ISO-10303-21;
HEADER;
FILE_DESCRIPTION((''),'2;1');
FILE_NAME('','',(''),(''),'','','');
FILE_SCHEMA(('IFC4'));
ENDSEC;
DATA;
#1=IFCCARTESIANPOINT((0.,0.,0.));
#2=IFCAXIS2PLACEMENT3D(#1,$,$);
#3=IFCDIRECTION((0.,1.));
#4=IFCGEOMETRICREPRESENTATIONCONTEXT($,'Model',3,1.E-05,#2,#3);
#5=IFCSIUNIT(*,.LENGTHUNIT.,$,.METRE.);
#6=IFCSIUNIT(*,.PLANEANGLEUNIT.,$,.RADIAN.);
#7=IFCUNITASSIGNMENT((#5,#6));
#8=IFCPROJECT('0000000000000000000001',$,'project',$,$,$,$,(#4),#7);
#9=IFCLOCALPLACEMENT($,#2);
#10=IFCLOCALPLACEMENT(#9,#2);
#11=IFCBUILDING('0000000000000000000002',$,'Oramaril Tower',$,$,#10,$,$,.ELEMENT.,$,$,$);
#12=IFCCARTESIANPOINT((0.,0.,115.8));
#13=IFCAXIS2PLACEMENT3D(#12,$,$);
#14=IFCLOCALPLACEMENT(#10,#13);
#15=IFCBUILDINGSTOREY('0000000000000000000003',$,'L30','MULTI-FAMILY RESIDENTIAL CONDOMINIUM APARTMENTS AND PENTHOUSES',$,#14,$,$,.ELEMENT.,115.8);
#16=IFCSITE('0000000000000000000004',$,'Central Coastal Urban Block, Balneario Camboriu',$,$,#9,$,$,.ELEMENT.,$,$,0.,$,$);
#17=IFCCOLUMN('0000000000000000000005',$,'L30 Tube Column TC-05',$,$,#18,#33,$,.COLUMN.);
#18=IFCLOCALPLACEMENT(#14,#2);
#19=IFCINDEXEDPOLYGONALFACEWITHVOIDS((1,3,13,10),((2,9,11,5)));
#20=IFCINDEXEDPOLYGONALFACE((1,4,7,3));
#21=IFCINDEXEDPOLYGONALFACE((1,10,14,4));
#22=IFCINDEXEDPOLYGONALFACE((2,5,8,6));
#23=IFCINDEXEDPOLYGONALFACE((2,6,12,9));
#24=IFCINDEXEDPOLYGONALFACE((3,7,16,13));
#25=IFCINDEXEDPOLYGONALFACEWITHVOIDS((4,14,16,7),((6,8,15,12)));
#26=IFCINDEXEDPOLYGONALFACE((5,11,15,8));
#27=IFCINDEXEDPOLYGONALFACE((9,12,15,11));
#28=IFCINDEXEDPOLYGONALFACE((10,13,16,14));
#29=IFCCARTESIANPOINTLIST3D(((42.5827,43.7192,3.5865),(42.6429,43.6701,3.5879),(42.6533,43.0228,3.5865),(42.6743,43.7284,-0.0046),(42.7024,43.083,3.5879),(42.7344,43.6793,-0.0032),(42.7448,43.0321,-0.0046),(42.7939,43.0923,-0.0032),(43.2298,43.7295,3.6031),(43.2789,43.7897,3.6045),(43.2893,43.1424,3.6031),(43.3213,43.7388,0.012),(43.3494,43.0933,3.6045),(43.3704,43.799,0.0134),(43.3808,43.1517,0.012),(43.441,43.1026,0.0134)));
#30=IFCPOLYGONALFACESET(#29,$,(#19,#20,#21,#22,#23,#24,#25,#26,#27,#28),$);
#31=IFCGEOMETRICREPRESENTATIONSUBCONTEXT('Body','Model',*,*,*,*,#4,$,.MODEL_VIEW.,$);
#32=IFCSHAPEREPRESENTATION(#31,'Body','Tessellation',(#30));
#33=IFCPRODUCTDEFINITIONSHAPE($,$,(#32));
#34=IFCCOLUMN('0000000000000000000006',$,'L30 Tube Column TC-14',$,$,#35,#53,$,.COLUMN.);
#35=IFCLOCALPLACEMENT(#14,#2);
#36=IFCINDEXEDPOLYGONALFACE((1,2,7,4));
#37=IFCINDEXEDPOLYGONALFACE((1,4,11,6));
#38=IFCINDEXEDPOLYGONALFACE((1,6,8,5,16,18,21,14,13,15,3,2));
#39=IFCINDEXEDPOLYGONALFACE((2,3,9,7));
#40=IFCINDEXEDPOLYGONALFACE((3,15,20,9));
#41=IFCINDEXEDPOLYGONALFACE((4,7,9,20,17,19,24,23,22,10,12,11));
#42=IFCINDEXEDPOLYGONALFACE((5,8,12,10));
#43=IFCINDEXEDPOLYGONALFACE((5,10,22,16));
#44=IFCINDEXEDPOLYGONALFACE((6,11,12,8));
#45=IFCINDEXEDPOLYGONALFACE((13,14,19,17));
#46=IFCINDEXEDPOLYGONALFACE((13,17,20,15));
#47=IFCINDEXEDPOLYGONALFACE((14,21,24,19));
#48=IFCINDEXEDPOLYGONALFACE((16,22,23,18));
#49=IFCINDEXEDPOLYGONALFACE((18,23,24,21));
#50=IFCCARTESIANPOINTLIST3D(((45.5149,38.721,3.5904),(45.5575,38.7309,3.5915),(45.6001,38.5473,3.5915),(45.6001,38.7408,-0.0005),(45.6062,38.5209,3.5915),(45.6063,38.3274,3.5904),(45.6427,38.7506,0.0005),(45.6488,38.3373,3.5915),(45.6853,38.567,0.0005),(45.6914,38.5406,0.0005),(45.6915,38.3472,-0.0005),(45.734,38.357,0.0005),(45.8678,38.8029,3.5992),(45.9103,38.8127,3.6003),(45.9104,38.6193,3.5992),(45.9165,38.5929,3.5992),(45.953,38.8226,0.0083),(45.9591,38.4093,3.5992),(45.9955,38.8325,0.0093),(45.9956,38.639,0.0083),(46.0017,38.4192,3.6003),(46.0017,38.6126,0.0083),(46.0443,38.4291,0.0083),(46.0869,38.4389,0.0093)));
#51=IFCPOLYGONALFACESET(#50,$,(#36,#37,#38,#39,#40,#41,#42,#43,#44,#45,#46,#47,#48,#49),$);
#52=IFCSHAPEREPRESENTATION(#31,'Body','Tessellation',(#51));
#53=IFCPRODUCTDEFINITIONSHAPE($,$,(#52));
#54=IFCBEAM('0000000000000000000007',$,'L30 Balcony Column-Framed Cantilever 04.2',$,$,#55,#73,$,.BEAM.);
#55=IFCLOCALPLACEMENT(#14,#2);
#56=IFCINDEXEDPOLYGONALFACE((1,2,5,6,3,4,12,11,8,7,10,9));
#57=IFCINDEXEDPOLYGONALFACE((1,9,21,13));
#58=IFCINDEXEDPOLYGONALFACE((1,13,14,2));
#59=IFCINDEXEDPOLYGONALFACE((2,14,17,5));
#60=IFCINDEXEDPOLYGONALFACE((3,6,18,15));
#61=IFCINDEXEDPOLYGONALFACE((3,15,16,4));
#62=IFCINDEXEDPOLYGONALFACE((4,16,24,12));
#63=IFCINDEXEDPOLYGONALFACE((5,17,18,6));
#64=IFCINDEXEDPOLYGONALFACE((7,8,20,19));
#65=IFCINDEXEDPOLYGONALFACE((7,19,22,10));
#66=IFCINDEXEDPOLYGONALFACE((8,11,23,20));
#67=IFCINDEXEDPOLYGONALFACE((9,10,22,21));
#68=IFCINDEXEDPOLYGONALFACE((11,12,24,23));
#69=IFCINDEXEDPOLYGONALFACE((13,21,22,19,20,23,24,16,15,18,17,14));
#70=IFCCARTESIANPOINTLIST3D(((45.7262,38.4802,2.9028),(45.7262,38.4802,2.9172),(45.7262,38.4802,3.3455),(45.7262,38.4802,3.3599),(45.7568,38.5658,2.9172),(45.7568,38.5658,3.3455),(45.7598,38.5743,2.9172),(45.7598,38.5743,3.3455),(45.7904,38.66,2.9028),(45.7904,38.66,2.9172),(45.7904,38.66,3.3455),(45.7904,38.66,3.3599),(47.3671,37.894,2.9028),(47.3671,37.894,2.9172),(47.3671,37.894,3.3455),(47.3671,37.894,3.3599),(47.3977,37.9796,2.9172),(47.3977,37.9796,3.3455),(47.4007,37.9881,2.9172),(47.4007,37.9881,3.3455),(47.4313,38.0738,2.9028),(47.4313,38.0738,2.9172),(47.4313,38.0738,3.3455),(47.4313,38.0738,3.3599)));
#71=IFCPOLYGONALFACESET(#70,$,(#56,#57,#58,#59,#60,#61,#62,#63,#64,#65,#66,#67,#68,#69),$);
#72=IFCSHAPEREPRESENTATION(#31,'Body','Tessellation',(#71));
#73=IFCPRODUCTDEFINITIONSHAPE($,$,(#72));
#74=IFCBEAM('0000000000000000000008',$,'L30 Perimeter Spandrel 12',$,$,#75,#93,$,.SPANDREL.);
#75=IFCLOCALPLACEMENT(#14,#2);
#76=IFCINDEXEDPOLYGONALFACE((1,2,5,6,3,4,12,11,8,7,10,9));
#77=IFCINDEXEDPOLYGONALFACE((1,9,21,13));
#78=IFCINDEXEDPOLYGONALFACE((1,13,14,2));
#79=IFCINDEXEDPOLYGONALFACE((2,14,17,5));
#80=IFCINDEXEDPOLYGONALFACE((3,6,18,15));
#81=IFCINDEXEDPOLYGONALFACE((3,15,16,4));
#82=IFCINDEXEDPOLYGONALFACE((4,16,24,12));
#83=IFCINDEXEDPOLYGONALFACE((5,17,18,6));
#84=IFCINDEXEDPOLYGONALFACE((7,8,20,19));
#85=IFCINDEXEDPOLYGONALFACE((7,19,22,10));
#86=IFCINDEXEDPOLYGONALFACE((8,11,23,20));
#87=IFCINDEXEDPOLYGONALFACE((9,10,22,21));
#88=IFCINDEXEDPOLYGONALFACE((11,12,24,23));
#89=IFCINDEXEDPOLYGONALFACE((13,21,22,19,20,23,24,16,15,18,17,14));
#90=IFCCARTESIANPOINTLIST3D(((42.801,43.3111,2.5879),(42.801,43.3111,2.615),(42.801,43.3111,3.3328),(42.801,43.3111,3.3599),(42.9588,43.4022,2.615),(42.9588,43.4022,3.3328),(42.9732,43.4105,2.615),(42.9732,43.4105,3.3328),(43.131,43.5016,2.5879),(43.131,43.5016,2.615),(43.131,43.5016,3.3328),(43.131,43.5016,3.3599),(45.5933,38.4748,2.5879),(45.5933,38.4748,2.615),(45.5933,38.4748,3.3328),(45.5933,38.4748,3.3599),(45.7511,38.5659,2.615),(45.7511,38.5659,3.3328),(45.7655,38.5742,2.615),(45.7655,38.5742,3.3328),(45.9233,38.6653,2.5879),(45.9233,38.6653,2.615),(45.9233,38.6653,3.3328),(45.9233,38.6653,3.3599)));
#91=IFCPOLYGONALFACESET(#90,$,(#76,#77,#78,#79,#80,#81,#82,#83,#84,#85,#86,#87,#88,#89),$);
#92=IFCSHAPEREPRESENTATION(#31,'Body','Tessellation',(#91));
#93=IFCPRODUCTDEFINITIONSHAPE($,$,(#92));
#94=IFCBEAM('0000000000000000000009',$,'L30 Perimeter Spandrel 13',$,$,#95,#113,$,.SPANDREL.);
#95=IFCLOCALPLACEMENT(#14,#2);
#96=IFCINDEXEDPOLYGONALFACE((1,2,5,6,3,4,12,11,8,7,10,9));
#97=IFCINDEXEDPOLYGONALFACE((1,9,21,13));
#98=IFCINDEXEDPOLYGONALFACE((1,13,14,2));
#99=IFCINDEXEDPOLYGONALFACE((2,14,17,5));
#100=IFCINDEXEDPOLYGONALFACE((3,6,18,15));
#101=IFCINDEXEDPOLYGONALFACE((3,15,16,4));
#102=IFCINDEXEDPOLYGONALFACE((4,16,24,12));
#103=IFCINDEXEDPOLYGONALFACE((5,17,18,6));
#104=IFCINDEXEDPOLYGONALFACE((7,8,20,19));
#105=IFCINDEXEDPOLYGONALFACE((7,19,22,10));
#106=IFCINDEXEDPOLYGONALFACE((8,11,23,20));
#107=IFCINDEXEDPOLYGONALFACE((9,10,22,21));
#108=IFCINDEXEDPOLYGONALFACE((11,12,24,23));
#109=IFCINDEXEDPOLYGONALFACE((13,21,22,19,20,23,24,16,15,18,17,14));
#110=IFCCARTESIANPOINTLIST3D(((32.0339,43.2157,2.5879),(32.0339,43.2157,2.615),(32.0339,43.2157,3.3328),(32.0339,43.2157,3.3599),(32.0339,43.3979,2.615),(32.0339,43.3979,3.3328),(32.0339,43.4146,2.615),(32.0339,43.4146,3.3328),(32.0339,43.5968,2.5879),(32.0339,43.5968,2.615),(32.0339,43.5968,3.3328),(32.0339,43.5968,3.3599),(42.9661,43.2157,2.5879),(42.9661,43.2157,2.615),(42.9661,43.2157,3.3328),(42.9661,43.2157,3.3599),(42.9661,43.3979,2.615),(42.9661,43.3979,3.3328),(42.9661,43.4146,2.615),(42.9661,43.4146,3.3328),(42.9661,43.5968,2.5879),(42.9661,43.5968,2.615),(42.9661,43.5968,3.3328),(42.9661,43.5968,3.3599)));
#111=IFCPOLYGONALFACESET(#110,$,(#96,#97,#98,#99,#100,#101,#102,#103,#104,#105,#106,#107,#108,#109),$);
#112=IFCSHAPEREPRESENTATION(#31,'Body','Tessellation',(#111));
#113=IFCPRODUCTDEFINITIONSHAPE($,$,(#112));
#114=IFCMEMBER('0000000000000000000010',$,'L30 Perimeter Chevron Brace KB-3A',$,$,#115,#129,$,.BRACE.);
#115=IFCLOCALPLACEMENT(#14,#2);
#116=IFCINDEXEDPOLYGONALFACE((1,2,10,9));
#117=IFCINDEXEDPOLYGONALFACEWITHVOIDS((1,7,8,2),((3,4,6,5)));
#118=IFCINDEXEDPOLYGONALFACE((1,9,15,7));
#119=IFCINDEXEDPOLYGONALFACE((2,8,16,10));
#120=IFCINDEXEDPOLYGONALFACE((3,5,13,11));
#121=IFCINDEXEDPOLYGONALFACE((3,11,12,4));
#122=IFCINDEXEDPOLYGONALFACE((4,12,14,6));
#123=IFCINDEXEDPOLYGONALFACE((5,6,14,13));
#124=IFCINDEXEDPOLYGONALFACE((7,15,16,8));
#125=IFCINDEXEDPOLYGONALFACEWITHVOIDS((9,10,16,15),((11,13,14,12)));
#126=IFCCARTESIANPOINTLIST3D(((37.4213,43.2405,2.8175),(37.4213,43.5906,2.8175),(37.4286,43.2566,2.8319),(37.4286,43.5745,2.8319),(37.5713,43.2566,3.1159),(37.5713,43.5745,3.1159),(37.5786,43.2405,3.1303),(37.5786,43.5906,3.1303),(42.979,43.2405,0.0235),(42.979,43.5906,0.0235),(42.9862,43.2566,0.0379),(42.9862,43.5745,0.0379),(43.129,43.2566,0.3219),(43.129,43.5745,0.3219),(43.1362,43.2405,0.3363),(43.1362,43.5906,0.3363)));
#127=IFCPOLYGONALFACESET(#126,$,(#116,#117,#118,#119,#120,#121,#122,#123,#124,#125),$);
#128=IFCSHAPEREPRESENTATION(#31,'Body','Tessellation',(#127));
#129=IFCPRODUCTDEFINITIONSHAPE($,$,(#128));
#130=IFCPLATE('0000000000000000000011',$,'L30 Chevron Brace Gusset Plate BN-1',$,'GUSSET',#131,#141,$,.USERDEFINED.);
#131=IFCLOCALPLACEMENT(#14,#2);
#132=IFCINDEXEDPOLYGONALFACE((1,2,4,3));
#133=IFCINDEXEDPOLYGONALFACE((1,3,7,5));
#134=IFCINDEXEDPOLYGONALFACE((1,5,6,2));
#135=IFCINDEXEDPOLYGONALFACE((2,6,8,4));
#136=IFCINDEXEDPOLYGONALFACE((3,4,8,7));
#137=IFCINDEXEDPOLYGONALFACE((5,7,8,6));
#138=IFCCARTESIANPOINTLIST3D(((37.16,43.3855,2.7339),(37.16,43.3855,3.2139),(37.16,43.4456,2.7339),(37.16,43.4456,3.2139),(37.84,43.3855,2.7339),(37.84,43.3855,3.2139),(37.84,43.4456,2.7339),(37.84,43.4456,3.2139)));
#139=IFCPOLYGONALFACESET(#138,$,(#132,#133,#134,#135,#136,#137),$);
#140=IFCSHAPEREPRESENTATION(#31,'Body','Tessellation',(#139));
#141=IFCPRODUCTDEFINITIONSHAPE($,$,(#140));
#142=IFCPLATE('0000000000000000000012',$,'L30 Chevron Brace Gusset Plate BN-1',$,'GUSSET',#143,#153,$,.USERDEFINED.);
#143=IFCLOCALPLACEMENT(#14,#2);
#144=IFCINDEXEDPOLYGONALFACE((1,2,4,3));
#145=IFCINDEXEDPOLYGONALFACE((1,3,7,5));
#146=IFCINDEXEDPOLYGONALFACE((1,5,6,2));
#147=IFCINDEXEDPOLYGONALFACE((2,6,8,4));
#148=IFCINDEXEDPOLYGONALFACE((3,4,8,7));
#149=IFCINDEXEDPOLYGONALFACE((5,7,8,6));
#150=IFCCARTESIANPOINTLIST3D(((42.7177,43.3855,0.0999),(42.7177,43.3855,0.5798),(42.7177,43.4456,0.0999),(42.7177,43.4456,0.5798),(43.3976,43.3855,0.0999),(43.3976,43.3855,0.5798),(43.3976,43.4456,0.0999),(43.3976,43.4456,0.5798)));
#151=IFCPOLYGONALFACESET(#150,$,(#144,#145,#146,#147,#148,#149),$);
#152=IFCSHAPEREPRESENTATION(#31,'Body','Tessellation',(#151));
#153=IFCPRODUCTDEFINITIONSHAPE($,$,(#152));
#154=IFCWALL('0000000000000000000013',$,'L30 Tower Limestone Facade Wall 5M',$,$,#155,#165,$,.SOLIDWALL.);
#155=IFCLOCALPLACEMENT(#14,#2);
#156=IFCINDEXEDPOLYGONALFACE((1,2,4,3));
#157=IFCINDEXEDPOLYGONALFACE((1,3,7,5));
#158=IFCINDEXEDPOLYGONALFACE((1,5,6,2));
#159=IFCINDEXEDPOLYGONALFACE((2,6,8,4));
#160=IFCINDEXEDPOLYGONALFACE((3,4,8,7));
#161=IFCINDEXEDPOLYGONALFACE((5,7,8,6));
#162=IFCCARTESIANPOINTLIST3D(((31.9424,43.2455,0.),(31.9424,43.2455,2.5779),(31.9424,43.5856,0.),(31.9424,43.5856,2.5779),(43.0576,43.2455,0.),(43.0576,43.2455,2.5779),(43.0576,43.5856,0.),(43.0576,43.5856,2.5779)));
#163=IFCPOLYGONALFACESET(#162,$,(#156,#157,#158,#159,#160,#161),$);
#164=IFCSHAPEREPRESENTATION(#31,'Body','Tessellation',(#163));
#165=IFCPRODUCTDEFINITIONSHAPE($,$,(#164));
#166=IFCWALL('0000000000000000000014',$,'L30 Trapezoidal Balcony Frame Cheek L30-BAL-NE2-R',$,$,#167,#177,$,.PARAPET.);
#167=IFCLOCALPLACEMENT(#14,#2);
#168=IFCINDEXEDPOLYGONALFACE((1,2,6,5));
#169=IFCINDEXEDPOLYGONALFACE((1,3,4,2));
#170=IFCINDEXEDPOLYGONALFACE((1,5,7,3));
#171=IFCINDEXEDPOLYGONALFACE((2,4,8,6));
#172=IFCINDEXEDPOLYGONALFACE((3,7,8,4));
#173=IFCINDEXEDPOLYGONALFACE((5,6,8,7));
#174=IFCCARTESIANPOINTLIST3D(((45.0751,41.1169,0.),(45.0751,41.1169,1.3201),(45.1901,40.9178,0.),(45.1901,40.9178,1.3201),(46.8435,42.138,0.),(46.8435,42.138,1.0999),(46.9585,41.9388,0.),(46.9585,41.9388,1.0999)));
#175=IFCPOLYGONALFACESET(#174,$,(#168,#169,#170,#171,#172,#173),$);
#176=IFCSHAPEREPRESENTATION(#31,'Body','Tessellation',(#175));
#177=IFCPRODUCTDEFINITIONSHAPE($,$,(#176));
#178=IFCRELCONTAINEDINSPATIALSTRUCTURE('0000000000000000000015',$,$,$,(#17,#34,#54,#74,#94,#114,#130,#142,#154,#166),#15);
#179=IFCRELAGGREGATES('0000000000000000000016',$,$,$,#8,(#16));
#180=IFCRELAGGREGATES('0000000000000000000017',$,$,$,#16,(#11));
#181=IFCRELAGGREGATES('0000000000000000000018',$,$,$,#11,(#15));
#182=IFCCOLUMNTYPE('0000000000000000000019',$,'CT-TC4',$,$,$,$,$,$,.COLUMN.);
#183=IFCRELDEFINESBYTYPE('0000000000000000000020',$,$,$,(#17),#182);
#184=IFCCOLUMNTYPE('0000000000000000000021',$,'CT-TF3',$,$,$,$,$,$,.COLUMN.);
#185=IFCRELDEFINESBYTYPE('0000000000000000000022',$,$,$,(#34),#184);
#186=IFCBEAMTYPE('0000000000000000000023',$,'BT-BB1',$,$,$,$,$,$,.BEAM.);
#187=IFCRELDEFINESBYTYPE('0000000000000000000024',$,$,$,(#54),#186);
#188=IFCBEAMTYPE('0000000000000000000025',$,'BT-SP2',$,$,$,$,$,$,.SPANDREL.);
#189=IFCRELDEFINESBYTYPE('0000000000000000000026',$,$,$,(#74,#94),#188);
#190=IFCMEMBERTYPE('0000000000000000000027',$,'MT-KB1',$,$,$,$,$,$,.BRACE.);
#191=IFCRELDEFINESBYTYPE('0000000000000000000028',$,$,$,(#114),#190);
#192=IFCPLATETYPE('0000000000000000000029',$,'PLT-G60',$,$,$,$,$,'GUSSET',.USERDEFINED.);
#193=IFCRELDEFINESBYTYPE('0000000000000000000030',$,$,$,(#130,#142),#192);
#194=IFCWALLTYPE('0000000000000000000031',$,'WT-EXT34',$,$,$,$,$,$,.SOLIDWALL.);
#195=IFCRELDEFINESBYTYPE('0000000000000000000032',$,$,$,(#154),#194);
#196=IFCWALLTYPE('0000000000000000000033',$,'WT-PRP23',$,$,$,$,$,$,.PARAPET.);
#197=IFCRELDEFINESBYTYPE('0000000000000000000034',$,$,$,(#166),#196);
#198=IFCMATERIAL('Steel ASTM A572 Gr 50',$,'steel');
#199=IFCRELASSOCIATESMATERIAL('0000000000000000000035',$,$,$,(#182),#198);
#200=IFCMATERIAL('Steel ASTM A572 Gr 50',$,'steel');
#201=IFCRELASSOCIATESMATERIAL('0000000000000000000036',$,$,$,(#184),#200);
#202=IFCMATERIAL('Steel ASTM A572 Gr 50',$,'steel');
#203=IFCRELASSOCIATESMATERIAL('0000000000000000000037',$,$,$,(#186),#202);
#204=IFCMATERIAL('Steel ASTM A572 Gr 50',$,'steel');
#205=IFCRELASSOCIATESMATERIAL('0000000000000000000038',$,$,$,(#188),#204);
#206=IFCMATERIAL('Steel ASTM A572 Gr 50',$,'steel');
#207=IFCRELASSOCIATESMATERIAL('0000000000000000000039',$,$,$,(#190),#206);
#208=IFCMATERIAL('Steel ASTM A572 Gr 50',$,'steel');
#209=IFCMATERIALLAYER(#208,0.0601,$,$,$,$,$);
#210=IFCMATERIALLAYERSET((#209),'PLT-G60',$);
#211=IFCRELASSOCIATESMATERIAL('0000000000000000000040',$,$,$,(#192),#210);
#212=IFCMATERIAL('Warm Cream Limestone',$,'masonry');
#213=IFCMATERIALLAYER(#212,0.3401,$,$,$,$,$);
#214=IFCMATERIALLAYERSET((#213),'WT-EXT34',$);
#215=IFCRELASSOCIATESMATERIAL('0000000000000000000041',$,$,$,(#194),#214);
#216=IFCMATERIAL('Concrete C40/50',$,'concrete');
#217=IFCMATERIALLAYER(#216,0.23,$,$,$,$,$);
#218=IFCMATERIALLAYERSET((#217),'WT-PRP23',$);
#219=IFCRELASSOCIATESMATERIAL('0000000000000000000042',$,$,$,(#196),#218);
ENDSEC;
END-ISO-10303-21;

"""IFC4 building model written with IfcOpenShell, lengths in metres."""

from ifc_helpers import new_model, si_unit, direction, frame, frame_2d, origin, origin_2d, place, context, subcontext, project, spatial, polyline, rectangle, hollow_rectangle, i_section, outline, extrude, material, layer, layer_set, material_profile, profile_set, type_object, element, save


model = new_model("IFC4")

# Units and contexts
model_context = context("Model", 3, precision=1e-05, world=origin(), true_north=direction((0.0, 1.0)))
body_context = subcontext(model_context, "Body", "Model", "MODEL_VIEW")
ifc_project = project(units=[si_unit("LENGTHUNIT", "METRE"), si_unit("PLANEANGLEUNIT", "RADIAN")], contexts=[model_context])

# Site, building, storey
site_placement = place(None, origin())
site = spatial("IfcSite", under=ifc_project, at=site_placement, Name="Central Coastal Urban Block, Balneario Camboriu", CompositionType="ELEMENT", RefElevation=0.0)
building_placement = place(site_placement, origin())
building = spatial("IfcBuilding", under=site, at=building_placement, Name="Oramaril Tower", CompositionType="ELEMENT")
storey_placement = place(building_placement, frame((0.0, 0.0, 115.8)))
storey = spatial("IfcBuildingStorey", under=building, at=storey_placement, Name="L30", Description="MULTI-FAMILY RESIDENTIAL CONDOMINIUM APARTMENTS AND PENTHOUSES", CompositionType="ELEMENT", Elevation=115.8)

# Columns
ifc_material_1 = material(Name="Steel ASTM A572 Gr 50", Category="steel")
ifc_material_profile_1 = material_profile(ifc_material_1, hollow_rectangle(XDim=0.7, YDim=0.7, WallThickness=0.0549, at=origin_2d()), Name="BOX700X700X55")
ifc_profile_set_1 = profile_set([ifc_material_profile_1], Name="Steel ASTM A572 Gr 50")
column_type_1 = type_object("IfcColumnType", Name="CT-TC4", PredefinedType="COLUMN", material=ifc_profile_set_1)
column_1_placement = place(storey_placement, frame((43.0576, 43.4155, 0.0044), z_axis=(-0.025486, -0.002583, 0.999672), x_axis=(0.100817, -0.994905, 0.0)))
element("IfcColumn", 1, at=column_1_placement, inside=storey, type_object=column_type_1, Name="L30 Tube Column TC-05", PredefinedType="COLUMN", context=body_context, shape_type="SweptSolid", body=[
    extrude(hollow_rectangle(XDim=0.7, YDim=0.7, WallThickness=0.0549, at=origin_2d()), origin(), (0.0, 0.0, 1.0), 3.5923),
])
ifc_material_2 = material(Name="Steel ASTM A572 Gr 50", Category="steel")
ifc_material_profile_2 = material_profile(ifc_material_2, i_section(OverallWidth=0.4041, OverallDepth=0.406, WebThickness=0.0271, FlangeThickness=0.0437, at=origin_2d()), Name="W14X233")
ifc_profile_set_2 = profile_set([ifc_material_profile_2], Name="Steel ASTM A572 Gr 50")
column_type_2 = type_object("IfcColumnType", Name="CT-TF3", PredefinedType="COLUMN", material=ifc_profile_set_2)
column_2_placement = place(storey_placement, frame((45.8435, 38.5898, 0.0044), z_axis=(-0.02372, -0.005505, 0.999703), x_axis=(0.226082, -0.974108, 0.0)))
element("IfcColumn", 2, at=column_2_placement, inside=storey, type_object=column_type_2, Name="L30 Tube Column TC-14", PredefinedType="COLUMN", context=body_context, shape_type="SweptSolid", body=[
    extrude(i_section(OverallWidth=0.4041, OverallDepth=0.406, WebThickness=0.0271, FlangeThickness=0.0437, at=origin_2d()), origin(), (0.0, 0.0, 1.0), 3.592),
])

# Beams
ifc_material_3 = material(Name="Steel ASTM A572 Gr 50", Category="steel")
ifc_material_profile_3 = material_profile(ifc_material_3, i_section(OverallWidth=0.1909, OverallDepth=0.457, WebThickness=0.009, FlangeThickness=0.0144, at=origin_2d()), Name="W18X50")
ifc_profile_set_3 = profile_set([ifc_material_profile_3], Name="Steel ASTM A572 Gr 50")
beam_type_1 = type_object("IfcBeamType", Name="BT-BB1", PredefinedType="BEAM", material=ifc_profile_set_3)
beam_1_placement = place(storey_placement, frame((45.7583, 38.5701, 3.1313), z_axis=(0.941713, -0.336416, 0.0), x_axis=(0.336416, 0.941713, 0.0)))
element("IfcBeam", 3, at=beam_1_placement, inside=storey, type_object=beam_type_1, Name="L30 Balcony Column-Framed Cantilever 04.2", PredefinedType="BEAM", context=body_context, shape_type="SweptSolid", body=[
    extrude(i_section(OverallWidth=0.1909, OverallDepth=0.457, WebThickness=0.009, FlangeThickness=0.0144, at=origin_2d()), origin(), (0.0, 0.0, 1.0), 1.7424),
])
ifc_material_4 = material(Name="Steel ASTM A572 Gr 50", Category="steel")
ifc_material_profile_4 = material_profile(ifc_material_4, i_section(OverallWidth=0.3811, OverallDepth=0.772, WebThickness=0.0166, FlangeThickness=0.0271, at=origin_2d()), Name="W30X173")
ifc_profile_set_4 = profile_set([ifc_material_profile_4], Name="Steel ASTM A572 Gr 50")
beam_type_2 = type_object("IfcBeamType", Name="BT-SP2", PredefinedType="SPANDREL", material=ifc_profile_set_4)
beam_2_placement = place(storey_placement, frame((45.7583, 38.5701, 2.9739), z_axis=(-0.500009, 0.86602, 0.0), x_axis=(-0.86602, -0.500009, 0.0)))
element("IfcBeam", 4, at=beam_2_placement, inside=storey, type_object=beam_type_2, Name="L30 Perimeter Spandrel 12", PredefinedType="SPANDREL", context=body_context, shape_type="SweptSolid", body=[
    extrude(i_section(OverallWidth=0.3811, OverallDepth=0.772, WebThickness=0.0166, FlangeThickness=0.0271, at=origin_2d()), origin(), (0.0, 0.0, 1.0), 5.5845),
])
beam_3_placement = place(storey_placement, frame((42.9661, 43.4062, 2.9739), z_axis=(-1.0, 0.0, 0.0), x_axis=(0.0, -1.0, 0.0)))
element("IfcBeam", 5, at=beam_3_placement, inside=storey, type_object=beam_type_2, Name="L30 Perimeter Spandrel 13", PredefinedType="SPANDREL", context=body_context, shape_type="SweptSolid", body=[
    extrude(i_section(OverallWidth=0.3811, OverallDepth=0.772, WebThickness=0.0166, FlangeThickness=0.0271, at=origin_2d()), origin(), (0.0, 0.0, 1.0), 10.9321),
])

# Member
ifc_material_5 = material(Name="Steel ASTM A572 Gr 50", Category="steel")
ifc_material_profile_5 = material_profile(ifc_material_5, hollow_rectangle(XDim=0.3501, YDim=0.3501, WallThickness=0.0161, at=origin_2d()), Name="HSS350X350X16")
ifc_profile_set_5 = profile_set([ifc_material_profile_5], Name="Steel ASTM A572 Gr 50")
member_type = type_object("IfcMemberType", Name="MT-KB1", PredefinedType="BRACE", material=ifc_profile_set_5)
member_placement = place(storey_placement, frame((43.0576, 43.4155, 0.1799), z_axis=(-0.893452, 0.0, 0.449159), x_axis=(0.0, -1.0, 0.0)))
element("IfcMember", 6, at=member_placement, inside=storey, type_object=member_type, Name="L30 Perimeter Chevron Brace KB-3A", PredefinedType="BRACE", context=body_context, shape_type="SweptSolid", body=[
    extrude(hollow_rectangle(XDim=0.3501, YDim=0.3501, WallThickness=0.0161, at=origin_2d()), origin(), (0.0, 0.0, 1.0), 6.2205),
])

# Plates
ifc_material_6 = material(Name="Steel ASTM A572 Gr 50", Category="steel")
ifc_layer_1 = layer(ifc_material_6, 0.0601)
ifc_layer_set_1 = layer_set([ifc_layer_1], Name="PLT-G60")
plate_type = type_object("IfcPlateType", Name="PLT-G60", ElementType="GUSSET", PredefinedType="USERDEFINED", material=ifc_layer_set_1)
for number, where, z_axis, x_axis, name in (
    (7, (37.5, 43.4155, 2.7339), (0.0, 0.0, 1.0), (-1.0, 0.0, 0.0), "L30 Chevron Brace Gusset Plate BN-1"),
    (8, (43.0576, 43.4155, 0.0999), (0.0, 0.0, 1.0), (-1.0, 0.0, 0.0), "L30 Chevron Brace Gusset Plate BN-1"),
):
    element("IfcPlate", number, at=place(storey_placement, frame(where, z_axis=z_axis, x_axis=x_axis)), inside=storey, type_object=plate_type, Name=name, ObjectType="GUSSET", PredefinedType="USERDEFINED", context=body_context, shape_type="SweptSolid", body=[
        extrude(rectangle(XDim=0.6799, YDim=0.0601, at=origin_2d()), origin(), (0.0, 0.0, 1.0), 0.48),
    ])

# Walls
ifc_material_7 = material(Name="Warm Cream Limestone", Category="masonry")
ifc_layer_2 = layer(ifc_material_7, 0.3401)
ifc_layer_set_2 = layer_set([ifc_layer_2], Name="WT-EXT34")
wall_type_1 = type_object("IfcWallType", Name="WT-EXT34", PredefinedType="SOLIDWALL", material=ifc_layer_set_2)
wall_1_placement = place(storey_placement, frame((43.0576, 43.4155, 0.0), z_axis=(0.0, 0.0, 1.0), x_axis=(-1.0, 0.0, 0.0)))
element("IfcWall", 9, at=wall_1_placement, inside=storey, type_object=wall_type_1, Name="L30 Tower Limestone Facade Wall 5M", PredefinedType="SOLIDWALL", context=body_context, shape_type="SweptSolid", body=[
    extrude(rectangle(XDim=11.1152, YDim=0.3401, at=frame_2d((5.5576, 0.0))), origin(), (0.0, 0.0, 1.0), 2.5779),
])
ifc_material_8 = material(Name="Concrete C40/50", Category="concrete")
ifc_layer_3 = layer(ifc_material_8, 0.23)
ifc_layer_set_3 = layer_set([ifc_layer_3], Name="WT-PRP23")
wall_type_2 = type_object("IfcWallType", Name="WT-PRP23", PredefinedType="PARAPET", material=ifc_layer_set_3)
wall_2_placement = place(storey_placement, frame((45.1326, 41.0173, 0.0), z_axis=(0.0, 0.0, 1.0), x_axis=(0.866012, 0.500023, 0.0)))
element("IfcWall", 10, at=wall_2_placement, inside=storey, type_object=wall_type_2, Name="L30 Trapezoidal Balcony Frame Cheek L30-BAL-NE2-R", PredefinedType="PARAPET", context=body_context, shape_type="SweptSolid", body=[
    extrude(outline(polyline([(0.0, 0.0), (2.042, 0.0), (2.042, 1.0999), (0.0, 1.3201), (0.0, 0.0)])), frame((0.0, 0.115, 0.0), z_axis=(0.0, -1.0, 0.0), x_axis=(1.0, 0.0, 0.0)), (0.0, 0.0, 1.0), 0.23),
])

save(model, "model.ifc")
